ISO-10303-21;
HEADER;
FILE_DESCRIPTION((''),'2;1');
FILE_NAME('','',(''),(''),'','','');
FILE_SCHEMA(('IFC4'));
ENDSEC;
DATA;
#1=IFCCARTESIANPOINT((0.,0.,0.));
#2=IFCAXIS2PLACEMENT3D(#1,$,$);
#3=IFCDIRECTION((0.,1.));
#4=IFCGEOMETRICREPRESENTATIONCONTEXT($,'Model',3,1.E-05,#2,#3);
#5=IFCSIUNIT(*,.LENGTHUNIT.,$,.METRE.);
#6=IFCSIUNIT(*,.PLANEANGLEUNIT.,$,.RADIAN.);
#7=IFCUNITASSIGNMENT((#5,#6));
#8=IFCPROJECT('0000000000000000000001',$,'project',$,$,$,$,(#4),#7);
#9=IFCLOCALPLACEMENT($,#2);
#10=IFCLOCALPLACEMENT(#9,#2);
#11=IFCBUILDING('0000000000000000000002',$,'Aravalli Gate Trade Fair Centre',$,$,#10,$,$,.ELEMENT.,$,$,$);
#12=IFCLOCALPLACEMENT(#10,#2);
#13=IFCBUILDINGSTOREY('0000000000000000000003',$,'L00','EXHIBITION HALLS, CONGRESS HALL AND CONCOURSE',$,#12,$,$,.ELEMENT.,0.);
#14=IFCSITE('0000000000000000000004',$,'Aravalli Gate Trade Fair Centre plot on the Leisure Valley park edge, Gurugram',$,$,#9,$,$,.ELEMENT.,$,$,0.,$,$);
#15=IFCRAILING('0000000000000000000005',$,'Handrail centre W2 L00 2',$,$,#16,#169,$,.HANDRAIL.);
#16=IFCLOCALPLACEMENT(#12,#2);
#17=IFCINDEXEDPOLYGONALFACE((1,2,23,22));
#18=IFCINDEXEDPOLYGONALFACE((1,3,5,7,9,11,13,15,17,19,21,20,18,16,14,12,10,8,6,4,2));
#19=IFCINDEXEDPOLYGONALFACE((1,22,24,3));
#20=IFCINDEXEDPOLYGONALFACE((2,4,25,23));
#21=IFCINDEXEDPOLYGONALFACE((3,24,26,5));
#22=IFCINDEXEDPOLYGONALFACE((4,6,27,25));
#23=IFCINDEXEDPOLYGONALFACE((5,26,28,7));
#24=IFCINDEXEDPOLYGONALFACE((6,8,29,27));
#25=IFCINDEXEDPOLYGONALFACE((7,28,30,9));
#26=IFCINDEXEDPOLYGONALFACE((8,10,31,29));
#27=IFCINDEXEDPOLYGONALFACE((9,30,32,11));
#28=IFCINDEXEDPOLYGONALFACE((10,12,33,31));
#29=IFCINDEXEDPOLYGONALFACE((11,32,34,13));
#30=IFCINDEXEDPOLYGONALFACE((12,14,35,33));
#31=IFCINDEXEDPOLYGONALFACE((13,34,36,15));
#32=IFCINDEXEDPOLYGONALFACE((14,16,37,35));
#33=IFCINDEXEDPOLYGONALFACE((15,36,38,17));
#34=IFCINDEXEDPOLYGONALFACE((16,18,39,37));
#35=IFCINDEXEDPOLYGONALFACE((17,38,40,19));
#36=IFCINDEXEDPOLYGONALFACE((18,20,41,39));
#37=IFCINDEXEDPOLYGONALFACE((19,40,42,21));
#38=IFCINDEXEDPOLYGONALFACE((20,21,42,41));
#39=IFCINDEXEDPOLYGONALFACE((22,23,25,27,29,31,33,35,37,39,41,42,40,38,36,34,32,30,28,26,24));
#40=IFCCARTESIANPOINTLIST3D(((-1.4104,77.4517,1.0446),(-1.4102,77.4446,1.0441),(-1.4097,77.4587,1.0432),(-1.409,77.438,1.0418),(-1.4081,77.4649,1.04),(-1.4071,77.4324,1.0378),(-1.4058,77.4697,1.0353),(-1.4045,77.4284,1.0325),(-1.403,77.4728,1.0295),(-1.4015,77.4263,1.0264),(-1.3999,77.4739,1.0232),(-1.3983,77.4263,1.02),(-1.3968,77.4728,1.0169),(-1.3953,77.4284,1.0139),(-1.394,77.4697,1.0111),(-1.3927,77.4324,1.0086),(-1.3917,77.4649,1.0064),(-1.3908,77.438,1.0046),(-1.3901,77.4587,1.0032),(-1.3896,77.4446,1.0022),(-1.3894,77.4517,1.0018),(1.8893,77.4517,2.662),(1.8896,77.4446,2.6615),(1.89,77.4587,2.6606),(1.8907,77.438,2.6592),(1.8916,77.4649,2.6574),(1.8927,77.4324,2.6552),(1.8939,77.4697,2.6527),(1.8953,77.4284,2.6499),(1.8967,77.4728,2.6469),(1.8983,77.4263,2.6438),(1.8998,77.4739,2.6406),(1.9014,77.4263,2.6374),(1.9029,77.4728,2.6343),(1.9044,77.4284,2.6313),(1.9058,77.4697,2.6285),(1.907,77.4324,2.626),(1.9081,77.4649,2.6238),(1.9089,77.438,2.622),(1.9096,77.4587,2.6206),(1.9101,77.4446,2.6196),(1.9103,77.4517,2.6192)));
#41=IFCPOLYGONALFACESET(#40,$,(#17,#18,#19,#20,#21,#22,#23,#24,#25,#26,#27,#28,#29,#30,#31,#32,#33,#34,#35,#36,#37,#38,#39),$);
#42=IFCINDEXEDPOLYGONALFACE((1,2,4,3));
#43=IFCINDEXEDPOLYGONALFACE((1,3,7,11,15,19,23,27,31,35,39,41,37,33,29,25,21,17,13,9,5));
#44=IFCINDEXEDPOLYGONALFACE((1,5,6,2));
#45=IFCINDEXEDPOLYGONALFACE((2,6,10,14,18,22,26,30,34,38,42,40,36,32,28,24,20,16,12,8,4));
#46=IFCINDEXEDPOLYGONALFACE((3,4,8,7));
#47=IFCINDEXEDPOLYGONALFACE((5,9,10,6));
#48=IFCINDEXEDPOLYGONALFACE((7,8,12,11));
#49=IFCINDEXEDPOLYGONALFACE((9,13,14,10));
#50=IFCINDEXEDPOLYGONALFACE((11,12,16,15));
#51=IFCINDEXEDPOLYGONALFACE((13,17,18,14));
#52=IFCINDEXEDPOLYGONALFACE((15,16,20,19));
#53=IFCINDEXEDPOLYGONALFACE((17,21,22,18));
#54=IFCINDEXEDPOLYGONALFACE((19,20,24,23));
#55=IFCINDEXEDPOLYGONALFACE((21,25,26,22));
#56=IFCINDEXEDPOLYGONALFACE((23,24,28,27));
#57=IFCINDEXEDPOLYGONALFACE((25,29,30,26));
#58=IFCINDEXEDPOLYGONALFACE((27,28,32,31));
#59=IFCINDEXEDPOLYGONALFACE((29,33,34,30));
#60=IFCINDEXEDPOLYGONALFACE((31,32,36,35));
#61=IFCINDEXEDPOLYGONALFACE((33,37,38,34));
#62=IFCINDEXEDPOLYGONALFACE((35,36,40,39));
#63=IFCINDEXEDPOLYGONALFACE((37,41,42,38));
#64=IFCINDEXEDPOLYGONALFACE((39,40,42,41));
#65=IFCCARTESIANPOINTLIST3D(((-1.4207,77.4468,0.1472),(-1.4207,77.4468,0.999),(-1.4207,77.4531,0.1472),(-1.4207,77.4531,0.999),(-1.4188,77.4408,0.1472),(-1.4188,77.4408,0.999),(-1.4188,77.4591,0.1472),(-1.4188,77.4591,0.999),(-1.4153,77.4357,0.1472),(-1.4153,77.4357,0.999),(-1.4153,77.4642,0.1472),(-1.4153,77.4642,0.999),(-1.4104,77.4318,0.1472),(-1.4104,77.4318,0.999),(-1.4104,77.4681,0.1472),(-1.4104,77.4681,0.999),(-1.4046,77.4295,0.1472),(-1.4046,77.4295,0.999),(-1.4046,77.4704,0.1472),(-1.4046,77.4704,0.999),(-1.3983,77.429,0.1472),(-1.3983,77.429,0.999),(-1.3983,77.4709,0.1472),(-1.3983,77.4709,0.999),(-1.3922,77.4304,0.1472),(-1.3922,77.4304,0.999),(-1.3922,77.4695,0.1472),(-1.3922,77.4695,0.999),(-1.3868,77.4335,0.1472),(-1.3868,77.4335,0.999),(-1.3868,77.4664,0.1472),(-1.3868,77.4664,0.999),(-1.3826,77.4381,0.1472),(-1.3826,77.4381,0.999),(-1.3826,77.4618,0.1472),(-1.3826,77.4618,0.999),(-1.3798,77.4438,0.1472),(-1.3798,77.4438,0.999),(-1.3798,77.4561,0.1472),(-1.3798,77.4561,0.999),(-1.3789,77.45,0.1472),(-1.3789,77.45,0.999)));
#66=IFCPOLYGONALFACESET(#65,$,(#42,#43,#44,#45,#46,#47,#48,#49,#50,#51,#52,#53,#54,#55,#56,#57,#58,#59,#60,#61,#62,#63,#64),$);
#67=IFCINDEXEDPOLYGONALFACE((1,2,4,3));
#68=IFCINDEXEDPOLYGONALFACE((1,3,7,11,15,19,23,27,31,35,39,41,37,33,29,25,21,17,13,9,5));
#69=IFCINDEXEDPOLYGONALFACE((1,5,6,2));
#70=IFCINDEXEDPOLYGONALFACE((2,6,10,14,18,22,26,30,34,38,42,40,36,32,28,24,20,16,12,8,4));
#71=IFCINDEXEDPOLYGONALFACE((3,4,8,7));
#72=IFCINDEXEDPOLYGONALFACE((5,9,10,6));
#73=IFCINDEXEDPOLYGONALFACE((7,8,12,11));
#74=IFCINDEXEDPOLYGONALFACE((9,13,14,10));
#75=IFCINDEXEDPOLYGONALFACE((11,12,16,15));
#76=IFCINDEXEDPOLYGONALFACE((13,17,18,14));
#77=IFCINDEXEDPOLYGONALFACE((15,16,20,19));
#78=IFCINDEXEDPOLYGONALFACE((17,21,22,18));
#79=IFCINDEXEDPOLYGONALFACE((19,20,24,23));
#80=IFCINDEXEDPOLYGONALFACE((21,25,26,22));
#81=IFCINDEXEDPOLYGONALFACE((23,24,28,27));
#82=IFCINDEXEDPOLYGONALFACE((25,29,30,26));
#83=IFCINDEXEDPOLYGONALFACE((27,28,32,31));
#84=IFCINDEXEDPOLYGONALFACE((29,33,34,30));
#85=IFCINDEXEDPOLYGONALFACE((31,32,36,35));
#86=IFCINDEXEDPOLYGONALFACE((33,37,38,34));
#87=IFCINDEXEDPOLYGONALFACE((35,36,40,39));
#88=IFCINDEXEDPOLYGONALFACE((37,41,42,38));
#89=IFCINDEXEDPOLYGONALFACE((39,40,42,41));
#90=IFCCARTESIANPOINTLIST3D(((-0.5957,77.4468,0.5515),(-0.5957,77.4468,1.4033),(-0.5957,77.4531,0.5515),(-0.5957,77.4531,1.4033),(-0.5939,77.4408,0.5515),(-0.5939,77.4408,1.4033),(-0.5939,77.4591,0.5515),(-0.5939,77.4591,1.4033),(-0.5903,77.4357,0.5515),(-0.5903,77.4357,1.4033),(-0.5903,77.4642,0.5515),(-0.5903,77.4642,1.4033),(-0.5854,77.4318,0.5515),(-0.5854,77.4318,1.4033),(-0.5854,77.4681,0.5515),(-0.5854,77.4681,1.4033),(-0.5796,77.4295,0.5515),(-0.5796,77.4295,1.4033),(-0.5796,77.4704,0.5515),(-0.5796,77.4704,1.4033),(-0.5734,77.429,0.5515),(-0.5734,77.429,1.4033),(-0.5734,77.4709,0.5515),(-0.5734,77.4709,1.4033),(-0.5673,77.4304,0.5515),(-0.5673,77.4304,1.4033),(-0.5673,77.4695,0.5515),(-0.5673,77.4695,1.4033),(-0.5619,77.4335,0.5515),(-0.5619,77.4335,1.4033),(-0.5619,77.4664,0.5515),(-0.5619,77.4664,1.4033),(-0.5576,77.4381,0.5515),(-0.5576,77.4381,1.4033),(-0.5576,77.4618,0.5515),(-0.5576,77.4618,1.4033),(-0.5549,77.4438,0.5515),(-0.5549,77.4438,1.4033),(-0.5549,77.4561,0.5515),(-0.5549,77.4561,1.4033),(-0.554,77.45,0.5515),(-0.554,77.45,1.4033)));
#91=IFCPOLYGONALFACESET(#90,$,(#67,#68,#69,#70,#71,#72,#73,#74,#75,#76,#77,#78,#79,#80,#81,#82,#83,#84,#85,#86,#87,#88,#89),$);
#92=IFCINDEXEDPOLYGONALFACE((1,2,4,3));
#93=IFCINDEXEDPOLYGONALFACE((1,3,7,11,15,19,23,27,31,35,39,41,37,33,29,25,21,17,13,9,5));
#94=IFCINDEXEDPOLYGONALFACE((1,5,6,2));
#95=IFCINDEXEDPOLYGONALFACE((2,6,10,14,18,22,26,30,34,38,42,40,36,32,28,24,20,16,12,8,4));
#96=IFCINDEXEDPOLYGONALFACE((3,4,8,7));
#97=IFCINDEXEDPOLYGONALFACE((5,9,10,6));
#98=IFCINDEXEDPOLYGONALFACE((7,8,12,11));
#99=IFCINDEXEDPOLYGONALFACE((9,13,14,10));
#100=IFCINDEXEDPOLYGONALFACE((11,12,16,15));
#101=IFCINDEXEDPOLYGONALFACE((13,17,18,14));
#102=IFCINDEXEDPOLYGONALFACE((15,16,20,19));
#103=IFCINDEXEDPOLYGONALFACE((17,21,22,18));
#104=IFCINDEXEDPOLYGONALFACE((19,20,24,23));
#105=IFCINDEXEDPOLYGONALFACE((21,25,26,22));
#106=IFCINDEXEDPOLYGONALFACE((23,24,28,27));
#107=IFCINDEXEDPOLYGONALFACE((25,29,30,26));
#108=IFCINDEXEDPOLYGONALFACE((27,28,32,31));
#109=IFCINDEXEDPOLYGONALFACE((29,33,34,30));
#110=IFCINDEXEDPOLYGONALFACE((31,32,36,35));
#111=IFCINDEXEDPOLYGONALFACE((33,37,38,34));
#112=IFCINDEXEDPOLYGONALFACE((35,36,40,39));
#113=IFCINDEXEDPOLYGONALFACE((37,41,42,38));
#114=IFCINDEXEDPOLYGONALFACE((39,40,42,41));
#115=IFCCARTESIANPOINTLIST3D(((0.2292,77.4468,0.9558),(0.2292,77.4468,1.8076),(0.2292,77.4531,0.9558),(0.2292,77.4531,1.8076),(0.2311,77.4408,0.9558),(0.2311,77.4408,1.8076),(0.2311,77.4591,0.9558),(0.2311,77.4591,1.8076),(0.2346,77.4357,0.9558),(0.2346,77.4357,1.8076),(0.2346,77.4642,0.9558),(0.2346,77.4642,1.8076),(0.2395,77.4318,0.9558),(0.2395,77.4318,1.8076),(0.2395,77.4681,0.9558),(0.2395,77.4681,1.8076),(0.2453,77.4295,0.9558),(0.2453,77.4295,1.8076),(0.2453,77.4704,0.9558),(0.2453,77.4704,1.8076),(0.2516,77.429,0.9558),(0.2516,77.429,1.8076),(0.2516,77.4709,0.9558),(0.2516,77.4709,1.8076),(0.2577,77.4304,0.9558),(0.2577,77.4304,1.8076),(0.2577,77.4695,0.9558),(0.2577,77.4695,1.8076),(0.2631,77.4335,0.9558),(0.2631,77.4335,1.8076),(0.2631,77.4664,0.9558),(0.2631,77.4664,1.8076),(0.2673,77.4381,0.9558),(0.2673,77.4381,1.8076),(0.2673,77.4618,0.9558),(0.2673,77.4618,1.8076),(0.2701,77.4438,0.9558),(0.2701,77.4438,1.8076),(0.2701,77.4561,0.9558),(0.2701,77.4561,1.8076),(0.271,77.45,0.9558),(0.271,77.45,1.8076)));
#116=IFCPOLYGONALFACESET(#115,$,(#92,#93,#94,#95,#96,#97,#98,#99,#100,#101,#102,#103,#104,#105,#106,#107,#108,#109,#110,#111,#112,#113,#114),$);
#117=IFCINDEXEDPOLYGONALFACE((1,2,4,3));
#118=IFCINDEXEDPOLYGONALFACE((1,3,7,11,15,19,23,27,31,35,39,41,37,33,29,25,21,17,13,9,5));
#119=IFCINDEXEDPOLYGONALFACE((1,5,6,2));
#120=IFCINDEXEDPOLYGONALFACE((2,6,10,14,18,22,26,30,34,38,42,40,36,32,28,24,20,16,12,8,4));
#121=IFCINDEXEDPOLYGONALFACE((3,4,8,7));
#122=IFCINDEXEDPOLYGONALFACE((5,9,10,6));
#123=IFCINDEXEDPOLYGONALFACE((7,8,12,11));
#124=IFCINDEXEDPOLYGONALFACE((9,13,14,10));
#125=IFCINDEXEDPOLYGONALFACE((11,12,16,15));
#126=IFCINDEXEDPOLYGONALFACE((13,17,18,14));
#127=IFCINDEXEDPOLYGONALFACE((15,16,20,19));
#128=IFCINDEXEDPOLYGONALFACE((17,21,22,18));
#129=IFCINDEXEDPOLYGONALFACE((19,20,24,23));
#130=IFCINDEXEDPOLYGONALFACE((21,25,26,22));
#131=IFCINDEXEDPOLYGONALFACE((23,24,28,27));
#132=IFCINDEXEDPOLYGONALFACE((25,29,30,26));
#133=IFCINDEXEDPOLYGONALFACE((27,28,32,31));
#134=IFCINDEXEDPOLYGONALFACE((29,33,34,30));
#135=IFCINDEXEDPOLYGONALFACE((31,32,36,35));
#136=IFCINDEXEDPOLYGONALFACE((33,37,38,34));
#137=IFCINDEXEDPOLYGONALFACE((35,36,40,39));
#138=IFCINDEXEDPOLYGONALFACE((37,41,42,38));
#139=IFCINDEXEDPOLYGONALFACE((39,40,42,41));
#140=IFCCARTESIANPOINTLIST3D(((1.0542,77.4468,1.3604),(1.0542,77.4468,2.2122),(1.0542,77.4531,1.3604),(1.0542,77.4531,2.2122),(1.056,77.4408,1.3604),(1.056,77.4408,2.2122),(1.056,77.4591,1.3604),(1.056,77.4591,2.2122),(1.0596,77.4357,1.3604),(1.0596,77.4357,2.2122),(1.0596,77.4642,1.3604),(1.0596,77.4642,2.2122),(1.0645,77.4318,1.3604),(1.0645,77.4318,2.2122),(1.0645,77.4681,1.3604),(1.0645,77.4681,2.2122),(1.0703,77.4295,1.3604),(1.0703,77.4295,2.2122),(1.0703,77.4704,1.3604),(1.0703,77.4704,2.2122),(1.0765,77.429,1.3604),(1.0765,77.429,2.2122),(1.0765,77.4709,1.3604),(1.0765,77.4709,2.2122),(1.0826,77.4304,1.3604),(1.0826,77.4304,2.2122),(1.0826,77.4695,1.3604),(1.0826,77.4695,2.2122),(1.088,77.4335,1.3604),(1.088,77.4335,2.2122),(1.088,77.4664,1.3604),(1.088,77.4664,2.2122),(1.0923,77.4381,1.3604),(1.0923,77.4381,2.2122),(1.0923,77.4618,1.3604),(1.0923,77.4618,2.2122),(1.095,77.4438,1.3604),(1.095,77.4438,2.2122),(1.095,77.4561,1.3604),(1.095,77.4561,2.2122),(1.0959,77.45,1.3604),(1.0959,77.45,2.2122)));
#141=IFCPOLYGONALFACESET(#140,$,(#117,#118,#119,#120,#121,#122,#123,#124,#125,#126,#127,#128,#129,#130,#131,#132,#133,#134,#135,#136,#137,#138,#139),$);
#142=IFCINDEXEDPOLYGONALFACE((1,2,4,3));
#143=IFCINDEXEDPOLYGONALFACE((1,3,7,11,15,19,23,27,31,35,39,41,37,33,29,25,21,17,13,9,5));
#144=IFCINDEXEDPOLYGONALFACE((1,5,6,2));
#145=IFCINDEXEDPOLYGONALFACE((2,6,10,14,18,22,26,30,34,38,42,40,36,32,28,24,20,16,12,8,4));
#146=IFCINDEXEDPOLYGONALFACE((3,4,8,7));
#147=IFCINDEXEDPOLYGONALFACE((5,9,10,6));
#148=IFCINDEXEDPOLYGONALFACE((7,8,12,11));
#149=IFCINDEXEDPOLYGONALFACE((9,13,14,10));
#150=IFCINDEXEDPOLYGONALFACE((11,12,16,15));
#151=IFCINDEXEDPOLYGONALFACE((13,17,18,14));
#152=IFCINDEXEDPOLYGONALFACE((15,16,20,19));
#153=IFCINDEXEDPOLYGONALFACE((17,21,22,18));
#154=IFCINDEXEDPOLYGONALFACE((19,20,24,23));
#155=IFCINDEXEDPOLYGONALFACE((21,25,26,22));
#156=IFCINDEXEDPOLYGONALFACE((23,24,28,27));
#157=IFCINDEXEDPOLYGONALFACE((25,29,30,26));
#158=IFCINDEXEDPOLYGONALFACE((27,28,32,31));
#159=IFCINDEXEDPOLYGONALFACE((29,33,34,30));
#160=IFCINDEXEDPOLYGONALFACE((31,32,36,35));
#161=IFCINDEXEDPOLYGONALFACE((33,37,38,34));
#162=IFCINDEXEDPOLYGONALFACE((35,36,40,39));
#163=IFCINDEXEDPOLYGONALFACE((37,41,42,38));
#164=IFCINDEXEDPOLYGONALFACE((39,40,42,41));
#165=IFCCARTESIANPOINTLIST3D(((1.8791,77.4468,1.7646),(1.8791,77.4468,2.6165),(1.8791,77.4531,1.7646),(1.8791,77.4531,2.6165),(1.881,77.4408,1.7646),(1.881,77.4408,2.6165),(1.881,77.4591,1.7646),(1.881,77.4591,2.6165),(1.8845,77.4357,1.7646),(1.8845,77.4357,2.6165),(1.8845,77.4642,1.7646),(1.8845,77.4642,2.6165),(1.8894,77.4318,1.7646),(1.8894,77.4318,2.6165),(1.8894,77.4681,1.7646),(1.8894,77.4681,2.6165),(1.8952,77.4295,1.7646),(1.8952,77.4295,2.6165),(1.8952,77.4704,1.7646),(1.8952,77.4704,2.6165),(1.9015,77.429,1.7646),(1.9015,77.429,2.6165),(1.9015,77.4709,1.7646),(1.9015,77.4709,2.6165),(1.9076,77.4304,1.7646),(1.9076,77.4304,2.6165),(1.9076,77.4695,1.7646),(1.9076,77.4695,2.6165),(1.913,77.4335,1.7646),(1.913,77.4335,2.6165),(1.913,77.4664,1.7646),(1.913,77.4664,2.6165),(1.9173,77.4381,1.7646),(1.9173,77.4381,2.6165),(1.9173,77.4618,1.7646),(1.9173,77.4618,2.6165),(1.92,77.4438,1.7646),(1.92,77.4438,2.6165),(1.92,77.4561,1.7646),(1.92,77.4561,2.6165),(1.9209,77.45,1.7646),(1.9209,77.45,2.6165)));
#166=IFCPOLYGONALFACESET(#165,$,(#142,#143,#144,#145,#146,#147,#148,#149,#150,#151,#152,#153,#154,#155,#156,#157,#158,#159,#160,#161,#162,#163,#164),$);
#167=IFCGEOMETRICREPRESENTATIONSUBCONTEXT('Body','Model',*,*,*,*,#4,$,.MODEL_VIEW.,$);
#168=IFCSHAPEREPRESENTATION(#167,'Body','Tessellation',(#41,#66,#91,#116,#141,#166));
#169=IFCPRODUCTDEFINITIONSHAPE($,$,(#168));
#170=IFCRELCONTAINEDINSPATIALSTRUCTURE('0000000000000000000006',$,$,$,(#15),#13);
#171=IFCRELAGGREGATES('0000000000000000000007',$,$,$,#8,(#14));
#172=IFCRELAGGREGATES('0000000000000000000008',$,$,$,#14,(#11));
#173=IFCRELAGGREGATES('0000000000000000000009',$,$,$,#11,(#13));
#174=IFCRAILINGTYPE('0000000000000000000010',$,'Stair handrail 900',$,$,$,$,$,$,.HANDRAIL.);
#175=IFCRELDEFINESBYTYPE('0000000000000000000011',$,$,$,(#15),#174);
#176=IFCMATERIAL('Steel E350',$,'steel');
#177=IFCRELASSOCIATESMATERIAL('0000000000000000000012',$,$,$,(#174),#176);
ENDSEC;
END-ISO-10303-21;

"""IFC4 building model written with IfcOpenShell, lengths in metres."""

from ifc_helpers import new_model, si_unit, direction, frame, origin, origin_2d, place, context, subcontext, project, spatial, circle, extrude, material, type_object, element, save


model = new_model("IFC4")

# Units and contexts
model_context = context("Model", 3, precision=1e-05, world=origin(), true_north=direction((0.0, 1.0)))
body_context = subcontext(model_context, "Body", "Model", "MODEL_VIEW")
ifc_project = project(units=[si_unit("LENGTHUNIT", "METRE"), si_unit("PLANEANGLEUNIT", "RADIAN")], contexts=[model_context])

# Site, building, storey
site_placement = place(None, origin())
site = spatial("IfcSite", under=ifc_project, at=site_placement, Name="Aravalli Gate Trade Fair Centre plot on the Leisure Valley park edge, Gurugram", CompositionType="ELEMENT", RefElevation=0.0)
building_placement = place(site_placement, origin())
building = spatial("IfcBuilding", under=site, at=building_placement, Name="Aravalli Gate Trade Fair Centre", CompositionType="ELEMENT")
storey_placement = place(building_placement, origin())
storey = spatial("IfcBuildingStorey", under=building, at=storey_placement, Name="L00", Description="EXHIBITION HALLS, CONGRESS HALL AND CONCOURSE", CompositionType="ELEMENT", Elevation=0.0)

# Railing
ifc_material_1 = material(Name="Steel E350", Category="steel")
railing_type = type_object("IfcRailingType", Name="Stair handrail 900", PredefinedType="HANDRAIL", material=ifc_material_1)
railing_1_placement = place(storey_placement, frame((-1.3999, 77.45, 0.1472)))
element("IfcRailing", 1, at=railing_1_placement, inside=storey, type_object=railing_type, Name="Handrail centre W2 L00 2", PredefinedType="HANDRAIL", context=body_context, shape_type="SweptSolid", body=[
    extrude(circle(Radius=0.0239, at=origin_2d()), frame((0.0, 0.0, 0.876), z_axis=(0.897934, 0.0, 0.440131), x_axis=(0.0, 1.0, 0.0)), (0.0, 0.0, 1.0), 3.6748),
    extrude(circle(Radius=0.021, at=origin_2d()), origin(), (0.0, 0.0, 1.0), 0.8518),
    extrude(circle(Radius=0.021, at=origin_2d()), frame((0.825, 0.0, 0.4043)), (0.0, 0.0, 1.0), 0.8518),
    extrude(circle(Radius=0.021, at=origin_2d()), frame((1.6499, 0.0, 0.8086)), (0.0, 0.0, 1.0), 0.8518),
    extrude(circle(Radius=0.021, at=origin_2d()), frame((2.4749, 0.0, 1.2131)), (0.0, 0.0, 1.0), 0.8518),
    extrude(circle(Radius=0.021, at=origin_2d()), frame((3.2998, 0.0, 1.6174)), (0.0, 0.0, 1.0), 0.8518),
])

save(model, "model.ifc")
